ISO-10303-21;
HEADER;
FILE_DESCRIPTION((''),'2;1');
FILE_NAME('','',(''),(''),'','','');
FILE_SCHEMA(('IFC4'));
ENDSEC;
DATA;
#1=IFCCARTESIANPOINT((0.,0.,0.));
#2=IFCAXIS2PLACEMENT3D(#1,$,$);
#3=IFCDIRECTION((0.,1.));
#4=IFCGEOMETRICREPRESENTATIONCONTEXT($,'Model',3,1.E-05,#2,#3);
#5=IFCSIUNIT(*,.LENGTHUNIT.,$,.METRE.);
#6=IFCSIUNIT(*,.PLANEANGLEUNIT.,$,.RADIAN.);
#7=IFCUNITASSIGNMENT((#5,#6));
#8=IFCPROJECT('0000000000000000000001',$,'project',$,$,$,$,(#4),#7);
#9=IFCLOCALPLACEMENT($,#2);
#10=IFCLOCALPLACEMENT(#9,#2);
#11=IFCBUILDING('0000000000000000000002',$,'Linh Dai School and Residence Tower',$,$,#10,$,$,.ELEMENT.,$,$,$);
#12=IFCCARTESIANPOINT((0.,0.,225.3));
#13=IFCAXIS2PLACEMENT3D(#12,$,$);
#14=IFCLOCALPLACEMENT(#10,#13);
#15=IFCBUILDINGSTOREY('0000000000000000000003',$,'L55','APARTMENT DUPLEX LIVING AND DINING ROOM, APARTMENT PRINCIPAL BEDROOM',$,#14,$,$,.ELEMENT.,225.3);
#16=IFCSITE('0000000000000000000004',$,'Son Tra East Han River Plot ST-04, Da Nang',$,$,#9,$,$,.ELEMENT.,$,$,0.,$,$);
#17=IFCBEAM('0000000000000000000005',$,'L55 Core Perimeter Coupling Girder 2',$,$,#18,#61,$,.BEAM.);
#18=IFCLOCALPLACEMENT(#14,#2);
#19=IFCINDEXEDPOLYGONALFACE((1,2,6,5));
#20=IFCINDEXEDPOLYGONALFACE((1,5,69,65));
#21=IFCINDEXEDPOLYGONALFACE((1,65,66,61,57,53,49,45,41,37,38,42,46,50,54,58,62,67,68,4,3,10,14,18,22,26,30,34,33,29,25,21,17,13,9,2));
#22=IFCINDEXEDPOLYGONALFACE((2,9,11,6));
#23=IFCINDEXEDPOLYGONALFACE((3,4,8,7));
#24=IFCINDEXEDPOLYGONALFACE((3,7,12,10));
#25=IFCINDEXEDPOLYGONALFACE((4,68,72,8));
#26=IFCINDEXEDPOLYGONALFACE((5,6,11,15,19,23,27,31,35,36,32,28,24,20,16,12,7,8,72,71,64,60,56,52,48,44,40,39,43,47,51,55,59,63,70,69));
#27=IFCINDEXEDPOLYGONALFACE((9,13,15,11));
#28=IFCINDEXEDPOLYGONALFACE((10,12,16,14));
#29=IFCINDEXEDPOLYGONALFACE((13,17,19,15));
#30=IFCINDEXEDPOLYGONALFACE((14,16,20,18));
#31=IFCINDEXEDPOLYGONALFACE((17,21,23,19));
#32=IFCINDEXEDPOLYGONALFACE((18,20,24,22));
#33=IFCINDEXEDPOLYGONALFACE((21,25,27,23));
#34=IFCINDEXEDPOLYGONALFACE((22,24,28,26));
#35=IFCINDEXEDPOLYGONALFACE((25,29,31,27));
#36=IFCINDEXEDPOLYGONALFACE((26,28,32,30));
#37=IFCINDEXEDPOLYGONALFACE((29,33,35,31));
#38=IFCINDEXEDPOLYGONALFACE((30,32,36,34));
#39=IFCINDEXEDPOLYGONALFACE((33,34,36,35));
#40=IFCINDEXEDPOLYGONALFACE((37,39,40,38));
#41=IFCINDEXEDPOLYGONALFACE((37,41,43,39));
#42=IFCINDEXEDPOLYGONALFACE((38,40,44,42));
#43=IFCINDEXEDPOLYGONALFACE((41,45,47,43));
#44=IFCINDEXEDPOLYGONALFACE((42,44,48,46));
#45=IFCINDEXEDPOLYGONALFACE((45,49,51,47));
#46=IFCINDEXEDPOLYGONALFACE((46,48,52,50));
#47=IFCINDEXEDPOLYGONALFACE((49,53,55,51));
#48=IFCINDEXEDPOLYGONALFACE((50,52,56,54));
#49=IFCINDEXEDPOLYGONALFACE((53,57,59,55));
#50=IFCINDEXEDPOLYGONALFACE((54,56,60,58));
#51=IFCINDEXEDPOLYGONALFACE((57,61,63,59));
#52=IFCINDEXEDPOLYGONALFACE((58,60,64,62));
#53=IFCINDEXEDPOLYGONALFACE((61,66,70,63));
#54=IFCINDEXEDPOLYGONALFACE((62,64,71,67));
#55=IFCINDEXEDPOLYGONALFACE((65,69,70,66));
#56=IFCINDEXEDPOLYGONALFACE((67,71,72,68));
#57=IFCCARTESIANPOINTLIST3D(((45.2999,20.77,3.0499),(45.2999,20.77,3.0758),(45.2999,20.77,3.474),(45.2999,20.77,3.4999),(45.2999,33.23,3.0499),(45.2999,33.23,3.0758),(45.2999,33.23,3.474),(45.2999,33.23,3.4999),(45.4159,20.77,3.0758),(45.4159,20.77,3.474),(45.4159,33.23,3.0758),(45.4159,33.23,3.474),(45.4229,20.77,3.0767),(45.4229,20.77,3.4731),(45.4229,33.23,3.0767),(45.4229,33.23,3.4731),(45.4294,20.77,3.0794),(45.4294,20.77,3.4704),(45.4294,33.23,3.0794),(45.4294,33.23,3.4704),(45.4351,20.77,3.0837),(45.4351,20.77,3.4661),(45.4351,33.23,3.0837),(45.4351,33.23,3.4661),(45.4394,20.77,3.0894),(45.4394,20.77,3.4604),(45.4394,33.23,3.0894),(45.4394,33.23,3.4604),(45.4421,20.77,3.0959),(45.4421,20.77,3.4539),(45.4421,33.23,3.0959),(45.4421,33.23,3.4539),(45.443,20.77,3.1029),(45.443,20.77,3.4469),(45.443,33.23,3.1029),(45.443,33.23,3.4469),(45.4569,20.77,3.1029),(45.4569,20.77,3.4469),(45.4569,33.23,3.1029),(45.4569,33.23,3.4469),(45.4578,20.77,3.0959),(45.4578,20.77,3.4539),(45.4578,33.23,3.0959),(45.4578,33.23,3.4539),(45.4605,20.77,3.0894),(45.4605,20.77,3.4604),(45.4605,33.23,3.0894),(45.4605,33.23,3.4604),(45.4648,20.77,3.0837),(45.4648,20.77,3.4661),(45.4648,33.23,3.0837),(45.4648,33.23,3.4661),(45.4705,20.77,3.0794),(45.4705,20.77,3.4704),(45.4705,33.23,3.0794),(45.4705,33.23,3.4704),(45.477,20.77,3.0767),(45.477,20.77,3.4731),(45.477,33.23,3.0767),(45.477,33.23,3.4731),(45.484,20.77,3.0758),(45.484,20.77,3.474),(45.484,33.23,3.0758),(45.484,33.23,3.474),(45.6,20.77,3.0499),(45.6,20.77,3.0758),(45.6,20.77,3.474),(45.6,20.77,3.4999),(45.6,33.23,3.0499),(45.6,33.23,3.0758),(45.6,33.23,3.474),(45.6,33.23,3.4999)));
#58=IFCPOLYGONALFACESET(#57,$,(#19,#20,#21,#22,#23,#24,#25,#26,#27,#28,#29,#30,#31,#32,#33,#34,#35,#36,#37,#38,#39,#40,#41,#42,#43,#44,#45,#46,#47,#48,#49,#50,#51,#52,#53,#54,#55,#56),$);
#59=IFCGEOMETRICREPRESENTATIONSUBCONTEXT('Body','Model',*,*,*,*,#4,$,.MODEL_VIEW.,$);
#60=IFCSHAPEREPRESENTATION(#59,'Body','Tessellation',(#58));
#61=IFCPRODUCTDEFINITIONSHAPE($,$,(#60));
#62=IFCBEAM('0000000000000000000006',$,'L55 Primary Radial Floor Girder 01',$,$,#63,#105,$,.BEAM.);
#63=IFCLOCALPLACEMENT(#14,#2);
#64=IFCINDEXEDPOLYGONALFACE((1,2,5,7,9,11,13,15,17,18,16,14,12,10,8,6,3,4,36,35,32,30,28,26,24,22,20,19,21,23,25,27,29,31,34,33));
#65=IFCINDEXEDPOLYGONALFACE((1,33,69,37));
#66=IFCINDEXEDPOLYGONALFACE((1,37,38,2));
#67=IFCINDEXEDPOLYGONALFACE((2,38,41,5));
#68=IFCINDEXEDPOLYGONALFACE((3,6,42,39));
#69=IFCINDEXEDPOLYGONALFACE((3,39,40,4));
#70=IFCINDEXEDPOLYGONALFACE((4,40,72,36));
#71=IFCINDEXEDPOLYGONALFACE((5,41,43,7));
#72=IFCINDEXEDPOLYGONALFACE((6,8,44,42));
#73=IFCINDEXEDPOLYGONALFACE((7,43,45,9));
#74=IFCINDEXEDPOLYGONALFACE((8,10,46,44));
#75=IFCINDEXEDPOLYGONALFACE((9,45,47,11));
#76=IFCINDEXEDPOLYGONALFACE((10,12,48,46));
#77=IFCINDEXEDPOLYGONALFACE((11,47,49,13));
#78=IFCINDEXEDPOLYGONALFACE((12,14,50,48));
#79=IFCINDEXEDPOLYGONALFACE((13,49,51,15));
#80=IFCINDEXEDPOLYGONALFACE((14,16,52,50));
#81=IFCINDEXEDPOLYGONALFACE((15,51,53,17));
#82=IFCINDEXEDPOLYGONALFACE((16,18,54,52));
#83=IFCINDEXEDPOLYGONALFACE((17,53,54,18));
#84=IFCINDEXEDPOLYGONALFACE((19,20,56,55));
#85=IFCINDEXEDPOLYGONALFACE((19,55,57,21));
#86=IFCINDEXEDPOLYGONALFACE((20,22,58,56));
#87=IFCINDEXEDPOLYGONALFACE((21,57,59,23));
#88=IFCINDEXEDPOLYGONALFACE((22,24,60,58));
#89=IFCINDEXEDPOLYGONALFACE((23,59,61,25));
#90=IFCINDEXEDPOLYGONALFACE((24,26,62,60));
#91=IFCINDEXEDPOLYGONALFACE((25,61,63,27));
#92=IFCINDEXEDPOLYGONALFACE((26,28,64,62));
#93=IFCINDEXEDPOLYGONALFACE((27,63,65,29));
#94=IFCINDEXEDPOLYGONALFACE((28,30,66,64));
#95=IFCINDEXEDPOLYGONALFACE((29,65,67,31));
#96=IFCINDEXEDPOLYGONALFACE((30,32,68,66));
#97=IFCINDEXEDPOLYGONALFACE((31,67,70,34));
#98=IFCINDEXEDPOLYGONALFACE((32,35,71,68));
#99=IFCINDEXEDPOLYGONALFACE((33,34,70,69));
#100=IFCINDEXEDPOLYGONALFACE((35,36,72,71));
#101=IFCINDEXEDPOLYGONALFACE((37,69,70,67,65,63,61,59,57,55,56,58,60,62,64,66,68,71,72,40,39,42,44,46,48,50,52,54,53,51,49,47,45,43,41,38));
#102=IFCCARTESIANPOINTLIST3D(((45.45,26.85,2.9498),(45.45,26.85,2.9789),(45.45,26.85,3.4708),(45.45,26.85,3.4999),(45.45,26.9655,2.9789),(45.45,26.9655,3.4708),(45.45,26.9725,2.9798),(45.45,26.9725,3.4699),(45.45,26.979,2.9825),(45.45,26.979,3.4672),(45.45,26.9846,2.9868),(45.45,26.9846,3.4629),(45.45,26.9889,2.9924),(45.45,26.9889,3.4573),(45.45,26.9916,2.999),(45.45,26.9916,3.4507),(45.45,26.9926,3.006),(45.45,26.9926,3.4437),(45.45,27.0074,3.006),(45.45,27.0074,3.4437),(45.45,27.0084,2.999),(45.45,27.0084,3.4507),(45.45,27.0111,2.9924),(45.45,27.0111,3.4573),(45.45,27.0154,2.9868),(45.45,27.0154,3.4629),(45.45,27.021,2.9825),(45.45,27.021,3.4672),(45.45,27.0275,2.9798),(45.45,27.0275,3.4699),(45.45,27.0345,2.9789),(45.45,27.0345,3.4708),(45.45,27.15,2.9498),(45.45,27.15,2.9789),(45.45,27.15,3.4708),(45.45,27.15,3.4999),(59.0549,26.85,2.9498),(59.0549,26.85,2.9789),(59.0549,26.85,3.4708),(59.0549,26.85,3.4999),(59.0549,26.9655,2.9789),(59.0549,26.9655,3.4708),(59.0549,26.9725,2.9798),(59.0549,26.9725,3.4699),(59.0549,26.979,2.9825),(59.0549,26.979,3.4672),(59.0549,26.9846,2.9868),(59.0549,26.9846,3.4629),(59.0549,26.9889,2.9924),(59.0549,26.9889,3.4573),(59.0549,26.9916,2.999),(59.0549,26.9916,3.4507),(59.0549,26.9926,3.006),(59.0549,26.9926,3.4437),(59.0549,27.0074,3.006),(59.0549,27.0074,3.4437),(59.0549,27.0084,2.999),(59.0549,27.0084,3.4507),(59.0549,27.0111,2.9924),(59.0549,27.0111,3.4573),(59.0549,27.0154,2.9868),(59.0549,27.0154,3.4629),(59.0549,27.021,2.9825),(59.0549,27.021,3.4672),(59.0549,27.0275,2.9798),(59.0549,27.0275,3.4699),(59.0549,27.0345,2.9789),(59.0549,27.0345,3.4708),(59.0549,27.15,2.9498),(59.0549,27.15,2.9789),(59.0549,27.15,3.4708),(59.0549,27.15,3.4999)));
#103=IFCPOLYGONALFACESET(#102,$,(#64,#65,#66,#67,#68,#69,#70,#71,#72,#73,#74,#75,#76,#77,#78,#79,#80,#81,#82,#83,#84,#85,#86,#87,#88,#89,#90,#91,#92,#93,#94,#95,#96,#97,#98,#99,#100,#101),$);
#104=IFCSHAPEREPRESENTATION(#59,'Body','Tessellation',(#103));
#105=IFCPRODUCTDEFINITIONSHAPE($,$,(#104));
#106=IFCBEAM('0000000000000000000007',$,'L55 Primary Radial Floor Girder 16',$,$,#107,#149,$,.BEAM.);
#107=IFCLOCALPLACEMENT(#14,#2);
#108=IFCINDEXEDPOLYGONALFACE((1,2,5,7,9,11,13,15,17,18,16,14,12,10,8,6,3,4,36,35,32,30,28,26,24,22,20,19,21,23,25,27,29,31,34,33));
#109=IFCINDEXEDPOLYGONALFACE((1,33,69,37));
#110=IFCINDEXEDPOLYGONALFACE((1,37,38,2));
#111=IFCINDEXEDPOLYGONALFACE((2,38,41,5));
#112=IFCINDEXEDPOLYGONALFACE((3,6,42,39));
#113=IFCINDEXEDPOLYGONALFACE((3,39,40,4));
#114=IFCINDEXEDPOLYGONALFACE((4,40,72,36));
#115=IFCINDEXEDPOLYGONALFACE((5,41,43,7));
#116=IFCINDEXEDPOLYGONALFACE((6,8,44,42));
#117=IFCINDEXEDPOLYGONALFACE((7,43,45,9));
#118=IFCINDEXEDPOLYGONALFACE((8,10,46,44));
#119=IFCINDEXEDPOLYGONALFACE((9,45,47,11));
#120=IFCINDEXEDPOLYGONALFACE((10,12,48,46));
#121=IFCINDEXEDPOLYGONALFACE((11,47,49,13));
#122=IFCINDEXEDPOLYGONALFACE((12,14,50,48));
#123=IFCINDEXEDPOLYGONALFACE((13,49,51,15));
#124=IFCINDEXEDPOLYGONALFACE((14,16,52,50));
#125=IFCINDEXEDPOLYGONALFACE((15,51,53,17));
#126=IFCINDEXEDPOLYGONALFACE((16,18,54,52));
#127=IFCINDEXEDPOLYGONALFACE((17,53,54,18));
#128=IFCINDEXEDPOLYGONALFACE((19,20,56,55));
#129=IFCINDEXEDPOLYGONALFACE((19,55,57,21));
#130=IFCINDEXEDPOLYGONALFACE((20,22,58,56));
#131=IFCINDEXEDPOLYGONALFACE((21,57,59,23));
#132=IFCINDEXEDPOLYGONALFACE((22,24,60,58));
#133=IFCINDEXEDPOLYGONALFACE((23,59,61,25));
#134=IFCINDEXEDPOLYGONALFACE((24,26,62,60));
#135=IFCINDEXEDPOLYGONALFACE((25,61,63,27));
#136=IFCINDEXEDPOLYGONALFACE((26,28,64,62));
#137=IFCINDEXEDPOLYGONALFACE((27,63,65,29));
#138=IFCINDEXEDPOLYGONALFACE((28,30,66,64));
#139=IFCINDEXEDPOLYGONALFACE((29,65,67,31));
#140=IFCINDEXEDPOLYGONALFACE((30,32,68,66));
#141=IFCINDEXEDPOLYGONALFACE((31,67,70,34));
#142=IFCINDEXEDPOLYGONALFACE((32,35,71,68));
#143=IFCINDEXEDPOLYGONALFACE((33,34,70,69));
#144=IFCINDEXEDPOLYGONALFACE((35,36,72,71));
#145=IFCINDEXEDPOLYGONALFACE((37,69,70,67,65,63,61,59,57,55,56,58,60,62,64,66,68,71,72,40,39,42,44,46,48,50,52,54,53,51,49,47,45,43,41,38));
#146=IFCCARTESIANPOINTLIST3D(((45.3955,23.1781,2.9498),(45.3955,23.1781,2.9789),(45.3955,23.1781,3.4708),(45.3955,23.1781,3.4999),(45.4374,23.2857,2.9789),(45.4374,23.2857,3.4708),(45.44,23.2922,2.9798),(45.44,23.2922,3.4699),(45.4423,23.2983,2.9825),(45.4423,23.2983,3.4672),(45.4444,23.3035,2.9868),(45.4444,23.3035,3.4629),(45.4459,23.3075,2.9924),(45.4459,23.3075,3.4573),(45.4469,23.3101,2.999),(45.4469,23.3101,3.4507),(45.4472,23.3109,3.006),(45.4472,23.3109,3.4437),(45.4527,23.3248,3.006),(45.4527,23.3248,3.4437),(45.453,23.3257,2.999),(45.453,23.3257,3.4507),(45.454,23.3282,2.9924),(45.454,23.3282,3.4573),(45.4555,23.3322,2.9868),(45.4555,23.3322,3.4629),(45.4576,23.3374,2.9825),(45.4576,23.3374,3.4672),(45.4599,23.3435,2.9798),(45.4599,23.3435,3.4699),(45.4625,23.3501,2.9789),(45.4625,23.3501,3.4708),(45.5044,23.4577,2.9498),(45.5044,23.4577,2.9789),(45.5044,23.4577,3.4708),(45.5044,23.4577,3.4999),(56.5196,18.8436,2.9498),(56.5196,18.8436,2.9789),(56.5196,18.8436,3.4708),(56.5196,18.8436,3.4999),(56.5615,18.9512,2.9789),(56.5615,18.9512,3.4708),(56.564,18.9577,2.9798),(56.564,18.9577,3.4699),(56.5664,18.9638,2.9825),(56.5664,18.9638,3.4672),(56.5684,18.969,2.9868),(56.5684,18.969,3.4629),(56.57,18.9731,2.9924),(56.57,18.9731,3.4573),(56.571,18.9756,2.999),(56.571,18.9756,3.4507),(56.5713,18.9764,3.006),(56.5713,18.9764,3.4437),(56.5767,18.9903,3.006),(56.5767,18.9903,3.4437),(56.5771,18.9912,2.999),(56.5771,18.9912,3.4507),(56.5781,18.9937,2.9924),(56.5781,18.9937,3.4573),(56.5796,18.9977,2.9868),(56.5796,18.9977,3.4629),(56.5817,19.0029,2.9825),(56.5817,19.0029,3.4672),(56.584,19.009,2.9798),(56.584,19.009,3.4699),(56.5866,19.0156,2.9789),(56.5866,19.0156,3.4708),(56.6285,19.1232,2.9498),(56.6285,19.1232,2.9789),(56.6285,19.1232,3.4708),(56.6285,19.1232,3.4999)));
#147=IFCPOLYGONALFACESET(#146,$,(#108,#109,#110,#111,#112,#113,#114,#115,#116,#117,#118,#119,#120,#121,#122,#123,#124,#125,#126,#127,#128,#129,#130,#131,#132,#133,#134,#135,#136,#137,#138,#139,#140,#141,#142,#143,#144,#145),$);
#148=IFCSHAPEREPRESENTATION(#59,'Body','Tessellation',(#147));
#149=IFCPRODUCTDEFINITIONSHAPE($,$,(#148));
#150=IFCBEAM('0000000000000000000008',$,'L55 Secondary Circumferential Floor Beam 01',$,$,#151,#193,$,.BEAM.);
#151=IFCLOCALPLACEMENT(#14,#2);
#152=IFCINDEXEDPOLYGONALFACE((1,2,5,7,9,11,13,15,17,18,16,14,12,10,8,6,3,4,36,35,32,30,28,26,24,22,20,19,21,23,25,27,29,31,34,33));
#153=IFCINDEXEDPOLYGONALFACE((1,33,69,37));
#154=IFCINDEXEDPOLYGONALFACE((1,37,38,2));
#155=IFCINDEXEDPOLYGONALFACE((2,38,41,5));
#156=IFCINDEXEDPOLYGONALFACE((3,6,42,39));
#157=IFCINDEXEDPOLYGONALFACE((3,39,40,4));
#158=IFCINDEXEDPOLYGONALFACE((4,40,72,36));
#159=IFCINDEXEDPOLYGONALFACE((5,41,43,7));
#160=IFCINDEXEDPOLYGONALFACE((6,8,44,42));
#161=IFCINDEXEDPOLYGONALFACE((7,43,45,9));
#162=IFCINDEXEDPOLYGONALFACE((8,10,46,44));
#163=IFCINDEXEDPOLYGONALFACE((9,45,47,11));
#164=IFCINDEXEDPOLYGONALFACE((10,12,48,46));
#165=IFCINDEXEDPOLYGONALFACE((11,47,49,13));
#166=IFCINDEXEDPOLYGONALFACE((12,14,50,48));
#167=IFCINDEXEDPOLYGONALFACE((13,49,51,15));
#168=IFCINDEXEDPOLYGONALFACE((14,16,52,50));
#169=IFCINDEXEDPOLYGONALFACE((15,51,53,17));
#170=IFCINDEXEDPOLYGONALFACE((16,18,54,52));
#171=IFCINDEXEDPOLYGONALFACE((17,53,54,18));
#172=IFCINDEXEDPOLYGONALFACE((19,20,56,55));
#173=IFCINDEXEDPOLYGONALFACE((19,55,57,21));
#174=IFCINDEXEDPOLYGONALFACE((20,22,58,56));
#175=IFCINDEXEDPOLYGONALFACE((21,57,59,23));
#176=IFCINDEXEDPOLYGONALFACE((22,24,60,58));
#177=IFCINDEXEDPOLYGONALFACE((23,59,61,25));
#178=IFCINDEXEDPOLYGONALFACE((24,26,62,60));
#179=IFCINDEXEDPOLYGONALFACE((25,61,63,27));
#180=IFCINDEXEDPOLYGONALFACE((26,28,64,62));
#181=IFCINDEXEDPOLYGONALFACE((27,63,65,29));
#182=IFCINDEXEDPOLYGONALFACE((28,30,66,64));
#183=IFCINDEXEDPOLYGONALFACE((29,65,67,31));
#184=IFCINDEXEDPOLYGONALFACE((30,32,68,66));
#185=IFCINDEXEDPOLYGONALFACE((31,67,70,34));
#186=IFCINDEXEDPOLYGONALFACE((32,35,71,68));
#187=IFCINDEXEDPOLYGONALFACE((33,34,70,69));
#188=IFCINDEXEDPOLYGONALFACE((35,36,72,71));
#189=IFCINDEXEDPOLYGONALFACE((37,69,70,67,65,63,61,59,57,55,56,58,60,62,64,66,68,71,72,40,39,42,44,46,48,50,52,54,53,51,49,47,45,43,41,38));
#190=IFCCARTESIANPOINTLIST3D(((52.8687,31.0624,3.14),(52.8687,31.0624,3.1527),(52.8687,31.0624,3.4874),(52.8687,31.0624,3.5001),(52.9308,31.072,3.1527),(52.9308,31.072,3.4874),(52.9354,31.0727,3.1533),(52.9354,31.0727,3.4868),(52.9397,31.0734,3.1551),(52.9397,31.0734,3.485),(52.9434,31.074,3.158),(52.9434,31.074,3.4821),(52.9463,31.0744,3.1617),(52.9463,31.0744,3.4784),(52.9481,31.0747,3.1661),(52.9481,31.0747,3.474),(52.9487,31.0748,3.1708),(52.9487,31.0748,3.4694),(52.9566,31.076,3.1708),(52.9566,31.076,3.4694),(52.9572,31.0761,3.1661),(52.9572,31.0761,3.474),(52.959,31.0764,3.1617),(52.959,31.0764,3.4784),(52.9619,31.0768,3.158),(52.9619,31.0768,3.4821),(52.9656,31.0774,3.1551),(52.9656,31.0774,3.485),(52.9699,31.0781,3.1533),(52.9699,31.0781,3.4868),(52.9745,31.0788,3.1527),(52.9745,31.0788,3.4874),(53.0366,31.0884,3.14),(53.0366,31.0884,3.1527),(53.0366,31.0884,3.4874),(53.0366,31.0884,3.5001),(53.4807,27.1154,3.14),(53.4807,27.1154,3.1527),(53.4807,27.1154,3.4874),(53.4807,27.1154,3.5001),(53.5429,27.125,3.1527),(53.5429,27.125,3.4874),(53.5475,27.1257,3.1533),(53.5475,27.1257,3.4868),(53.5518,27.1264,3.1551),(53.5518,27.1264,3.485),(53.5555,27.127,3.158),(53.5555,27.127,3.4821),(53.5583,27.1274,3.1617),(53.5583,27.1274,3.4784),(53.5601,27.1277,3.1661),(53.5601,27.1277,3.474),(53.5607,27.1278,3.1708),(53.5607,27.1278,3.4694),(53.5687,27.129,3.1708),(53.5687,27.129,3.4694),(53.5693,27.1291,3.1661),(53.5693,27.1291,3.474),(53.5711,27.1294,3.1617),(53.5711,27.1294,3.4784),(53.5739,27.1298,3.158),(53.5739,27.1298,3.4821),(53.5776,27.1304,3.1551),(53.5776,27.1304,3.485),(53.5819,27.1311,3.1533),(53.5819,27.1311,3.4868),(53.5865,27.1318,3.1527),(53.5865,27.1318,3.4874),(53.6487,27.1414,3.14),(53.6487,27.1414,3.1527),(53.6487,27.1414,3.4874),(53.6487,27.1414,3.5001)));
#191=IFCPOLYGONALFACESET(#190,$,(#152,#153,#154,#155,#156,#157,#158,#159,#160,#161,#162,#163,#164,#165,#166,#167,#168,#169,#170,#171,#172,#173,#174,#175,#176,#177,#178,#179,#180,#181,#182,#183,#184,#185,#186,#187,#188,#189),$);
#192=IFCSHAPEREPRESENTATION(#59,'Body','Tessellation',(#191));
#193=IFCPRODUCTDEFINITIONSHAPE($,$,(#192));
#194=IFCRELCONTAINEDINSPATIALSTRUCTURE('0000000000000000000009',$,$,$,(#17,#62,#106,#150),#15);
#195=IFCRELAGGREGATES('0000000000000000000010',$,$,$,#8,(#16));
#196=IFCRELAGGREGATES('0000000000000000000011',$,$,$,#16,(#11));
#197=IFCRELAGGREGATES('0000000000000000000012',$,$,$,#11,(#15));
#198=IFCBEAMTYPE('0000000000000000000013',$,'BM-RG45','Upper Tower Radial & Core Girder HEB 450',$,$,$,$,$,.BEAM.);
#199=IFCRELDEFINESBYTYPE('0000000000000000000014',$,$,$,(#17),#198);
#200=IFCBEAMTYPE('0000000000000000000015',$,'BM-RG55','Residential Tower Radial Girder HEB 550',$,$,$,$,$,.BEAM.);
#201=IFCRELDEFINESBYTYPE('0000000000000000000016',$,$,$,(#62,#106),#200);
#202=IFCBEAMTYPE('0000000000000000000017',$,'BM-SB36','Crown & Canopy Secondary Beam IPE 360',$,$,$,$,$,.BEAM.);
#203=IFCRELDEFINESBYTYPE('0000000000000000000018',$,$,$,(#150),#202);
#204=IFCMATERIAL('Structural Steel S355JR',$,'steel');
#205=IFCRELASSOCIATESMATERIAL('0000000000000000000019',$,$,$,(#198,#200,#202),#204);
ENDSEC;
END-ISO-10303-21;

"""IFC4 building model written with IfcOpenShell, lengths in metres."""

from ifc_helpers import new_model, si_unit, direction, frame, origin, origin_2d, place, context, subcontext, project, spatial, i_section, extrude, material, material_profile, profile_set, type_object, element, save


model = new_model("IFC4")

# Units and contexts
model_context = context("Model", 3, precision=1e-05, world=origin(), true_north=direction((0.0, 1.0)))
body_context = subcontext(model_context, "Body", "Model", "MODEL_VIEW")
ifc_project = project(units=[si_unit("LENGTHUNIT", "METRE"), si_unit("PLANEANGLEUNIT", "RADIAN")], contexts=[model_context])

# Site, building, storey
site_placement = place(None, origin())
site = spatial("IfcSite", under=ifc_project, at=site_placement, Name="Son Tra East Han River Plot ST-04, Da Nang", CompositionType="ELEMENT", RefElevation=0.0)
building_placement = place(site_placement, origin())
building = spatial("IfcBuilding", under=site, at=building_placement, Name="Linh Dai School and Residence Tower", CompositionType="ELEMENT")
storey_placement = place(building_placement, frame((0.0, 0.0, 225.3)))
storey = spatial("IfcBuildingStorey", under=building, at=storey_placement, Name="L55", Description="APARTMENT DUPLEX LIVING AND DINING ROOM, APARTMENT PRINCIPAL BEDROOM", CompositionType="ELEMENT", Elevation=225.3)

# Shared definitions
ifc_material_1 = material(Name="Structural Steel S355JR", Category="steel")

# Beams
ifc_material_profile_1 = material_profile(ifc_material_1, i_section(OverallWidth=0.3, OverallDepth=0.45, WebThickness=0.0139, FlangeThickness=0.0259, FilletRadius=0.0271, at=origin_2d()), Name="HEB 450")
ifc_profile_set_1 = profile_set([ifc_material_profile_1], Name="Structural Steel S355JR")
beam_type_1 = type_object("IfcBeamType", Name="BM-RG45", Description="Upper Tower Radial & Core Girder HEB 450", PredefinedType="BEAM", material=ifc_profile_set_1)
beam_1_placement = place(storey_placement, frame((45.45, 20.77, 3.2749), z_axis=(0.0, 1.0, 0.0), x_axis=(-1.0, 0.0, 0.0)))
element("IfcBeam", 1, at=beam_1_placement, inside=storey, type_object=beam_type_1, Name="L55 Core Perimeter Coupling Girder 2", PredefinedType="BEAM", context=body_context, shape_type="SweptSolid", body=[
    extrude(i_section(OverallWidth=0.3, OverallDepth=0.45, WebThickness=0.0139, FlangeThickness=0.0259, FilletRadius=0.0271, at=origin_2d()), origin(), (0.0, 0.0, 1.0), 12.46),
])
ifc_material_profile_2 = material_profile(ifc_material_1, i_section(OverallWidth=0.3, OverallDepth=0.55, WebThickness=0.0149, FlangeThickness=0.0291, FilletRadius=0.0271, at=origin_2d()), Name="HEB 550")
ifc_profile_set_2 = profile_set([ifc_material_profile_2], Name="Structural Steel S355JR")
beam_type_2 = type_object("IfcBeamType", Name="BM-RG55", Description="Residential Tower Radial Girder HEB 550", PredefinedType="BEAM", material=ifc_profile_set_2)
beam_2_placement = place(storey_placement, frame((45.45, 27.0, 3.2249), z_axis=(1.0, 0.0, 0.0), x_axis=(0.0, 1.0, 0.0)))
element("IfcBeam", 2, at=beam_2_placement, inside=storey, type_object=beam_type_2, Name="L55 Primary Radial Floor Girder 01", PredefinedType="BEAM", context=body_context, shape_type="SweptSolid", body=[
    extrude(i_section(OverallWidth=0.3, OverallDepth=0.55, WebThickness=0.0149, FlangeThickness=0.0291, FilletRadius=0.0271, at=origin_2d()), origin(), (0.0, 0.0, 1.0), 13.605),
])
beam_3_placement = place(storey_placement, frame((45.45, 23.3179, 3.2249), z_axis=(0.931765, -0.363062, 0.0), x_axis=(0.363062, 0.931765, 0.0)))
element("IfcBeam", 3, at=beam_3_placement, inside=storey, type_object=beam_type_2, Name="L55 Primary Radial Floor Girder 16", PredefinedType="BEAM", context=body_context, shape_type="SweptSolid", body=[
    extrude(i_section(OverallWidth=0.3, OverallDepth=0.55, WebThickness=0.0149, FlangeThickness=0.0291, FilletRadius=0.0271, at=origin_2d()), origin(), (0.0, 0.0, 1.0), 11.9387),
])
ifc_material_profile_3 = material_profile(ifc_material_1, i_section(OverallWidth=0.1699, OverallDepth=0.3601, WebThickness=0.0081, FlangeThickness=0.0127, FilletRadius=0.0181, at=origin_2d()), Name="IPE 360")
ifc_profile_set_3 = profile_set([ifc_material_profile_3], Name="Structural Steel S355JR")
beam_type_3 = type_object("IfcBeamType", Name="BM-SB36", Description="Crown & Canopy Secondary Beam IPE 360", PredefinedType="BEAM", material=ifc_profile_set_3)
beam_4_placement = place(storey_placement, frame((53.5647, 27.1284, 3.3201), z_axis=(-0.153238, 0.988189, 0.0), x_axis=(-0.988189, -0.153238, 0.0)))
element("IfcBeam", 4, at=beam_4_placement, inside=storey, type_object=beam_type_3, Name="L55 Secondary Circumferential Floor Beam 01", PredefinedType="BEAM", context=body_context, shape_type="SweptSolid", body=[
    extrude(i_section(OverallWidth=0.1699, OverallDepth=0.3601, WebThickness=0.0081, FlangeThickness=0.0127, FilletRadius=0.0181, at=origin_2d()), origin(), (0.0, 0.0, 1.0), 3.9941),
])

save(model, "model.ifc")
